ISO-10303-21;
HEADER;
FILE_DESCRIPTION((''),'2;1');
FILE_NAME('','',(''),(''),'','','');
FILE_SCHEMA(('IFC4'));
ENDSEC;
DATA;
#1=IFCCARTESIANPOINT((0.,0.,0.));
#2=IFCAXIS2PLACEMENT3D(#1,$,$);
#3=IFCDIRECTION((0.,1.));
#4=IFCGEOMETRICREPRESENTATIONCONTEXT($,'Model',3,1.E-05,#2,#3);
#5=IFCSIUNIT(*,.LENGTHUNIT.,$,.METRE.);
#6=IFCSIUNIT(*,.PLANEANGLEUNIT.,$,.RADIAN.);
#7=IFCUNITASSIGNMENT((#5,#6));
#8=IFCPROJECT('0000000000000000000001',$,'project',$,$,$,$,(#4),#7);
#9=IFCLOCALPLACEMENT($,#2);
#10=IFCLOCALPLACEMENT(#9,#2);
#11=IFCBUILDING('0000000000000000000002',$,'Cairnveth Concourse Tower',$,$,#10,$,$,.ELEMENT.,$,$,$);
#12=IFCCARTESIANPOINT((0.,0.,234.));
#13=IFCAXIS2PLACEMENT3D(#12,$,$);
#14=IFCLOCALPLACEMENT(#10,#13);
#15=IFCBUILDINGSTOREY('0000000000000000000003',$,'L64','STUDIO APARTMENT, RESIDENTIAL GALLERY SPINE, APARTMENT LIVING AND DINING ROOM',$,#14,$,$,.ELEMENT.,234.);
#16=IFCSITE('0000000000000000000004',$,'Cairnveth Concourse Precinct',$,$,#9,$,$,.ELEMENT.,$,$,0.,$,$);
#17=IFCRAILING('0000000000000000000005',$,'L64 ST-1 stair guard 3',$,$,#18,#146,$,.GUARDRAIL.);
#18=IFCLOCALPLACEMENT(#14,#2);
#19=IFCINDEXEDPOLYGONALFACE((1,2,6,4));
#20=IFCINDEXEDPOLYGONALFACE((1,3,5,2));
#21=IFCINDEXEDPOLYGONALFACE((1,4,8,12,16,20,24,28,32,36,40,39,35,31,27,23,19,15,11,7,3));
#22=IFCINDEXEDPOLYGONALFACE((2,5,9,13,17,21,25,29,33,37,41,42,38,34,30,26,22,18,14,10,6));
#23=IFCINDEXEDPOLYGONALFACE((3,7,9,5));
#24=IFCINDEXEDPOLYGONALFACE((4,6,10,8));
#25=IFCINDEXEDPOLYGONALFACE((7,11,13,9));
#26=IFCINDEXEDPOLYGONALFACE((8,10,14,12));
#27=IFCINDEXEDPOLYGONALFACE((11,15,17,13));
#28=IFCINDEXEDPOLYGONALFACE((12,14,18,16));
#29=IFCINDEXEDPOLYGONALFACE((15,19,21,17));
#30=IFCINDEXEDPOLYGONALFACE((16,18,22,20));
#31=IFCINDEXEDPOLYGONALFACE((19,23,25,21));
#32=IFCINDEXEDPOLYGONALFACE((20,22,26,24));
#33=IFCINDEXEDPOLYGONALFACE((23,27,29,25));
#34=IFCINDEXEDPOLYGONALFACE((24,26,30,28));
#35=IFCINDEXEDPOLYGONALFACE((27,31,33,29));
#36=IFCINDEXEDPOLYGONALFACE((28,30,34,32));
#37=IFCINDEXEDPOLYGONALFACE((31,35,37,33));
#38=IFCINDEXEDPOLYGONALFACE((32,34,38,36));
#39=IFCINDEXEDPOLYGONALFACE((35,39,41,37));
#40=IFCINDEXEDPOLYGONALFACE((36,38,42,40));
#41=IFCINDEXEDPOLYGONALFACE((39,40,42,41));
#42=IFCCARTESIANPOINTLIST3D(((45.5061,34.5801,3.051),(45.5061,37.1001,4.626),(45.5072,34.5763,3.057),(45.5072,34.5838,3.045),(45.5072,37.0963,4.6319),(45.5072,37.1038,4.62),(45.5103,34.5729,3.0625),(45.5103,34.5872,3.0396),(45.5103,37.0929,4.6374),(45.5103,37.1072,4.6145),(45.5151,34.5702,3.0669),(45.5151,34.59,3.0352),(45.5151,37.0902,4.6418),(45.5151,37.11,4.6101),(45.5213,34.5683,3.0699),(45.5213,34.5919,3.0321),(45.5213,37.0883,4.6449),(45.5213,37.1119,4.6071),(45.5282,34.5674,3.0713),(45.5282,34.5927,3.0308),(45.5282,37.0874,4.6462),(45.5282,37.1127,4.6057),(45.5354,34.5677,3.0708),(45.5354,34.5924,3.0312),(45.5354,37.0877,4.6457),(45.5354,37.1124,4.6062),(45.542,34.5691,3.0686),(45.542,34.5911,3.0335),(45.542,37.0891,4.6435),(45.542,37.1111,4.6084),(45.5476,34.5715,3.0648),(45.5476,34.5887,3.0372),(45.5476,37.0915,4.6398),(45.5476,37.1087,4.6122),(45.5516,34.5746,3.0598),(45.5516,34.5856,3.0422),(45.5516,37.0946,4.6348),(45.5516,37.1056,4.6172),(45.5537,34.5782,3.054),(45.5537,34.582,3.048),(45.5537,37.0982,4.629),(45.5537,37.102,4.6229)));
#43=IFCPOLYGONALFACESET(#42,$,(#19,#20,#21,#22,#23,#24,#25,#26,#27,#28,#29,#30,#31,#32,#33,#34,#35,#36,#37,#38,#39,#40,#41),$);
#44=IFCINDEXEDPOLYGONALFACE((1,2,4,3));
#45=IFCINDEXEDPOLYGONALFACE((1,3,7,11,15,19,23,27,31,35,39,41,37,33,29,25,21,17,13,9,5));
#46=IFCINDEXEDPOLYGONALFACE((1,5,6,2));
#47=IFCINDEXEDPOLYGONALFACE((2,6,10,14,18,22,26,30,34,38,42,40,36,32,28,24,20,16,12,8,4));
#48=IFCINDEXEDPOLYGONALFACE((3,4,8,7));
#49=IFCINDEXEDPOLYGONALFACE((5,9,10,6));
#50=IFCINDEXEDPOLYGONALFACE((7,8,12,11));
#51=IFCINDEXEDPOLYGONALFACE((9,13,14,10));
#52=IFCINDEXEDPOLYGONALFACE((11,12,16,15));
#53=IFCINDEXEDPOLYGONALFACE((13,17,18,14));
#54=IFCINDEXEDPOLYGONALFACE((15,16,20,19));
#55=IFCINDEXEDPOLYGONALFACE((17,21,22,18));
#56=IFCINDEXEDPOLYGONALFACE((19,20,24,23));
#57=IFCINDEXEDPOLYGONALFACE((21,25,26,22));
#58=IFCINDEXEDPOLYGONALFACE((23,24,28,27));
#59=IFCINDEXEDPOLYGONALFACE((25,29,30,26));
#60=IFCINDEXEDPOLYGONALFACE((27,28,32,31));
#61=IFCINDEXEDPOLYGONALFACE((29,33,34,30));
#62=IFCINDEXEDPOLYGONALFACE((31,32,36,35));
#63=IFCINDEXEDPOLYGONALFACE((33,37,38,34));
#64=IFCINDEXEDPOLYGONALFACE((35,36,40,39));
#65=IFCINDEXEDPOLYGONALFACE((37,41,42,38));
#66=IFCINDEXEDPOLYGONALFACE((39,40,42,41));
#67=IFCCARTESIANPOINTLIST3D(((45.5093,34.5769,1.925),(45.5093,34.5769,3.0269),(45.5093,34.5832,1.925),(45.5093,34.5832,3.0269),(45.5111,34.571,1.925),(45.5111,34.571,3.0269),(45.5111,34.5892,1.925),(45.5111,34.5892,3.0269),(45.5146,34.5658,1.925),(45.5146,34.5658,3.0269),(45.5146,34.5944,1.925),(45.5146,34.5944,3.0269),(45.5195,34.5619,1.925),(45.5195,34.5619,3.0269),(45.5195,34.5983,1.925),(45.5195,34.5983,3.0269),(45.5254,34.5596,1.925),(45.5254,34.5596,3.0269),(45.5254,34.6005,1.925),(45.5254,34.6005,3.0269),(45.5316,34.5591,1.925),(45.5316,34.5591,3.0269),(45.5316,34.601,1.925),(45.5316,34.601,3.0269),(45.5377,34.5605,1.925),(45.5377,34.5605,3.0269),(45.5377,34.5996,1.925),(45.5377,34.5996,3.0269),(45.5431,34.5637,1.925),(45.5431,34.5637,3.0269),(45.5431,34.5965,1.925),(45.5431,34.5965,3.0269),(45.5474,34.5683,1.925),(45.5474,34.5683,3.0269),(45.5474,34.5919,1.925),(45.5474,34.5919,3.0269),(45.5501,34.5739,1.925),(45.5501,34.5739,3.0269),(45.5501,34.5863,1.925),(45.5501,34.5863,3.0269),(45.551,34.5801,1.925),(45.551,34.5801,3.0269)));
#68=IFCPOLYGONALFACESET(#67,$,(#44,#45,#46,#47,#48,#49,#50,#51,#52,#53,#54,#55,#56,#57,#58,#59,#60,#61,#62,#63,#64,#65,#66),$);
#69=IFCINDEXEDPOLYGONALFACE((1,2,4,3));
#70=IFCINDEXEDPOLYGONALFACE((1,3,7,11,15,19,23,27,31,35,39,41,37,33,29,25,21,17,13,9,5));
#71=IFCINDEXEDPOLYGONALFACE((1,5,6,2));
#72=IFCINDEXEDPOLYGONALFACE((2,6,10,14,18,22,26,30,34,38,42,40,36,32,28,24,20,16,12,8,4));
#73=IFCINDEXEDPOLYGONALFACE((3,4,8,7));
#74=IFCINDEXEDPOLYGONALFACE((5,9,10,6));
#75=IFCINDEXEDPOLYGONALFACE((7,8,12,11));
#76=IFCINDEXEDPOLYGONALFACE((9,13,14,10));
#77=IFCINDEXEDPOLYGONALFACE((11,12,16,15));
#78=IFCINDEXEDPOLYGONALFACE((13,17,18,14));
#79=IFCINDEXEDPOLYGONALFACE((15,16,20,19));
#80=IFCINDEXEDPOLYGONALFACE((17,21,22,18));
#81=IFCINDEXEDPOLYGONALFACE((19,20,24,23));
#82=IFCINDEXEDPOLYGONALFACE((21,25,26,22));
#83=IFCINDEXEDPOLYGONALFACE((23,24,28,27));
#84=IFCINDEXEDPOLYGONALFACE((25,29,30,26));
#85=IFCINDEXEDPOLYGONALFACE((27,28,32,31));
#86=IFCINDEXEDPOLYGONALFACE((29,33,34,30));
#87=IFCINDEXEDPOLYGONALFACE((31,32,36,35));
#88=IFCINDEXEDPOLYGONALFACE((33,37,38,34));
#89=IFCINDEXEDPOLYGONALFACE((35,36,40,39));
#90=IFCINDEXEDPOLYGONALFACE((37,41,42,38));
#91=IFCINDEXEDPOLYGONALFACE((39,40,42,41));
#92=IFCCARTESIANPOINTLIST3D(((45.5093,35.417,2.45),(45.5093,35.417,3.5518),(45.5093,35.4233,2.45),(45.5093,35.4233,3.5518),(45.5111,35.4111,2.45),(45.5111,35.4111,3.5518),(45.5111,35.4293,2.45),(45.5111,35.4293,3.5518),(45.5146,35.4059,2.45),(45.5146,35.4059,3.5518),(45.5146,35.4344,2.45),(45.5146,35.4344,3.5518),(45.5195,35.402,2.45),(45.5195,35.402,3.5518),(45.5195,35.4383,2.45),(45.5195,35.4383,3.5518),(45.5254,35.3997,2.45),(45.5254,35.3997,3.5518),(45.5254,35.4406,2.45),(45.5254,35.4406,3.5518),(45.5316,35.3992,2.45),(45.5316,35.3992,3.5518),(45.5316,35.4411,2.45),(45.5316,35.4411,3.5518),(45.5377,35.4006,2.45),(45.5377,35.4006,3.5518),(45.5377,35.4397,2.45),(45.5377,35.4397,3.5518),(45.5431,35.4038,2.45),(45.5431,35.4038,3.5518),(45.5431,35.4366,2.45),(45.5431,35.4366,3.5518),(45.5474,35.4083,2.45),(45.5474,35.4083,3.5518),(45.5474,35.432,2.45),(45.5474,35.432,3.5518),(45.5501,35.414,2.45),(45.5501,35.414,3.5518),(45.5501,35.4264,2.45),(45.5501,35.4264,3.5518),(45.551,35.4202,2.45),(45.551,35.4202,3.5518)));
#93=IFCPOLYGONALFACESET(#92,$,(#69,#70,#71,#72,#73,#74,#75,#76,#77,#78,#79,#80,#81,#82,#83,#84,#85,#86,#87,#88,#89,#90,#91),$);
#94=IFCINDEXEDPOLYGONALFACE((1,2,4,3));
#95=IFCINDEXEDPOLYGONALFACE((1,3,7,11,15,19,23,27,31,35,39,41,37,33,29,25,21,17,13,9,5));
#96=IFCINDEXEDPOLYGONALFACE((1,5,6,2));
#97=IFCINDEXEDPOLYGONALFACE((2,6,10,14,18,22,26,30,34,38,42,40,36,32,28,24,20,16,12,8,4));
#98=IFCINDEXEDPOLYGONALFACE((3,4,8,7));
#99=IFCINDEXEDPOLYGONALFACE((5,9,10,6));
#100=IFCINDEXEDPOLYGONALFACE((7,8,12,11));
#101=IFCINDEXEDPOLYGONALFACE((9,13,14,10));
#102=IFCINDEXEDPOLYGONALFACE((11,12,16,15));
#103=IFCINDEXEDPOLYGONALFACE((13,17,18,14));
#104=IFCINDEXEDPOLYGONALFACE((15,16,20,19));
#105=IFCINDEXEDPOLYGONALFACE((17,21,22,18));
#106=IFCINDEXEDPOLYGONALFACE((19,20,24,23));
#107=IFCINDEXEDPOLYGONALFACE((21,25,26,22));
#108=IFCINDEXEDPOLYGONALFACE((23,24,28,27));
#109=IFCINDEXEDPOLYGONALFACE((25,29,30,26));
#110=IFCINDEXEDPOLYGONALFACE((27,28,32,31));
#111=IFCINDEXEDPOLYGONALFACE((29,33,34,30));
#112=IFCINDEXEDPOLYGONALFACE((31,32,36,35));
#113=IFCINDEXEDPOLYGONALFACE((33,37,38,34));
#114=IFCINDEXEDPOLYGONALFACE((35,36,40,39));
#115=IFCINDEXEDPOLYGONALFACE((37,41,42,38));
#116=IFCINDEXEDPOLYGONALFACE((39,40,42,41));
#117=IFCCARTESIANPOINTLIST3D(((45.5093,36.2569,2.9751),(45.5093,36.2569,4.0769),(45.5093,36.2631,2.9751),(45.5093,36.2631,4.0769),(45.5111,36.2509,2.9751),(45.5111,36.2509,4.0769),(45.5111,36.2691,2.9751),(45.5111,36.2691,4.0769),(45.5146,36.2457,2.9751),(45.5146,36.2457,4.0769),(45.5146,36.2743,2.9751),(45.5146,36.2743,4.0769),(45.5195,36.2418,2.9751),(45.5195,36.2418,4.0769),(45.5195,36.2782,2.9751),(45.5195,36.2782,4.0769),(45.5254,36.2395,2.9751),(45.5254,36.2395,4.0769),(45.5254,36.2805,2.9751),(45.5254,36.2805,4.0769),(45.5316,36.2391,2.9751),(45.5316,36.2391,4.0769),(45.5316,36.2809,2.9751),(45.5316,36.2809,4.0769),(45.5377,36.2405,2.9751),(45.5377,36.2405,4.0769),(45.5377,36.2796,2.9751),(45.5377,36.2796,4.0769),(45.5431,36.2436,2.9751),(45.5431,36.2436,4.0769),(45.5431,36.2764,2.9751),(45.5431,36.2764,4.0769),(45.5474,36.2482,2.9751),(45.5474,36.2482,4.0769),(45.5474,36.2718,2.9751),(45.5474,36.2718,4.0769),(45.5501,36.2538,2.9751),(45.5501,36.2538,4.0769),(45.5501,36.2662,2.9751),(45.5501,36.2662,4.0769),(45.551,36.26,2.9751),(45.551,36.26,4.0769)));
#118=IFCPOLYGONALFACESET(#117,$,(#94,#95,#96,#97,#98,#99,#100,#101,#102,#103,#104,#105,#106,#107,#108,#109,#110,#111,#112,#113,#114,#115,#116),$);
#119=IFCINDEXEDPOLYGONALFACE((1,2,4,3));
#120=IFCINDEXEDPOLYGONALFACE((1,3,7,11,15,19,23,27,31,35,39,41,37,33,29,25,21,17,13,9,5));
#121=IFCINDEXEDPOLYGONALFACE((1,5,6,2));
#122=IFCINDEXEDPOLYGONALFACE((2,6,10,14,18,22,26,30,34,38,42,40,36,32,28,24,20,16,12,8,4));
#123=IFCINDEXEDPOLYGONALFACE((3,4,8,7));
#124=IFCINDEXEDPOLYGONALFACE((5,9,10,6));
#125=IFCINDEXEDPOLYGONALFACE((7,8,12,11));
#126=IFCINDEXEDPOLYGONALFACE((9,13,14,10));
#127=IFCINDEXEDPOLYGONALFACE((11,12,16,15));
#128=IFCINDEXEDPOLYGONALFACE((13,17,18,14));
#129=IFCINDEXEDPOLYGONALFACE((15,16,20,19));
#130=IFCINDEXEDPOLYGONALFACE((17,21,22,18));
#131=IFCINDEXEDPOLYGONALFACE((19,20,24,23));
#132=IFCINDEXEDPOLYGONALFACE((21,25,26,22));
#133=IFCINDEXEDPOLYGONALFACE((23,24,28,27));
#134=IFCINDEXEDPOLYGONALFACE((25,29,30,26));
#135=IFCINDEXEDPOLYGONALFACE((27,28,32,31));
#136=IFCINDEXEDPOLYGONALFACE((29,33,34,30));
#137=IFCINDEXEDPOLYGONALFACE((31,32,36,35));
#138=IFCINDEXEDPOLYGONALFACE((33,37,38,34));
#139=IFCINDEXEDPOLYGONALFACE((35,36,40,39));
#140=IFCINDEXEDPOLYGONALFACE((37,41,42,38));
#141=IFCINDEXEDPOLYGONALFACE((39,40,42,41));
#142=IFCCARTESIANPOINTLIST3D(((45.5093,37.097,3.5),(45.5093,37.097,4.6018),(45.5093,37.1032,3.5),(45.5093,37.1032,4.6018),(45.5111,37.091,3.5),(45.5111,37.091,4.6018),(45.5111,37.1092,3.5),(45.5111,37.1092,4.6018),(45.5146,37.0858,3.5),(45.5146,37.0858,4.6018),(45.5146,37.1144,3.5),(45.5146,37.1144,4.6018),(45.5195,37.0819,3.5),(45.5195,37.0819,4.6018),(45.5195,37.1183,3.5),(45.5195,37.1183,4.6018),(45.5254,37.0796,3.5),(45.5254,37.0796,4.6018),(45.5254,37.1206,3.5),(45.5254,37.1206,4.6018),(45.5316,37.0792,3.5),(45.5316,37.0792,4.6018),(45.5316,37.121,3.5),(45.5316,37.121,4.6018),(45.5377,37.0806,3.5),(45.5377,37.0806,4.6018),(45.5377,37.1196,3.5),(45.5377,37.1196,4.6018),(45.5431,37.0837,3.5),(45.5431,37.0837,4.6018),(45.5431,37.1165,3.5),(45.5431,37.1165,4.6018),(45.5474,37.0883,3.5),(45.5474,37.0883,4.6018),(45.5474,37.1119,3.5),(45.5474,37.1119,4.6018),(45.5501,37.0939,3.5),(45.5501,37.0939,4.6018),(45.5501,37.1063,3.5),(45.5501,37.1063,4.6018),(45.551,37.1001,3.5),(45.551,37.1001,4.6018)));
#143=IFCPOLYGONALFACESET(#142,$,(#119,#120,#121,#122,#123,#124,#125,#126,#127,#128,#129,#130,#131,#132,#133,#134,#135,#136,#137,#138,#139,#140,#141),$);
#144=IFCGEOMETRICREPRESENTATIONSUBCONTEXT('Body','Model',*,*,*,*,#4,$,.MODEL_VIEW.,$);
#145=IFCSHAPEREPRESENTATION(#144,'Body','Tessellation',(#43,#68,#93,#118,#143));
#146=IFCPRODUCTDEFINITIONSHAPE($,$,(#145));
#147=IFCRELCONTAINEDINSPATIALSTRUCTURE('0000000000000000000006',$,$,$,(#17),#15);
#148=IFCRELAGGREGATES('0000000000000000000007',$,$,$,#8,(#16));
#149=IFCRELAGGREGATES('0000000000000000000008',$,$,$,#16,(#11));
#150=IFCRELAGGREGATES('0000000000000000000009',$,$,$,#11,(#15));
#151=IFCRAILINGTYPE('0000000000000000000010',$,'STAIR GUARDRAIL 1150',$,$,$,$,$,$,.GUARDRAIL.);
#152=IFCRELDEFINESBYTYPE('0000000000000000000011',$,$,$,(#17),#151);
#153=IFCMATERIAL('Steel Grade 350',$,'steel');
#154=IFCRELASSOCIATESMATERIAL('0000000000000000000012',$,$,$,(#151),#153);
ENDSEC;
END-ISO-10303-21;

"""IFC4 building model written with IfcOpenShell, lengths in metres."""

from ifc_helpers import new_model, si_unit, direction, frame, origin, origin_2d, place, context, subcontext, project, spatial, circle, extrude, material, type_object, element, save


model = new_model("IFC4")

# Units and contexts
model_context = context("Model", 3, precision=1e-05, world=origin(), true_north=direction((0.0, 1.0)))
body_context = subcontext(model_context, "Body", "Model", "MODEL_VIEW")
ifc_project = project(units=[si_unit("LENGTHUNIT", "METRE"), si_unit("PLANEANGLEUNIT", "RADIAN")], contexts=[model_context])

# Site, building, storey
site_placement = place(None, origin())
site = spatial("IfcSite", under=ifc_project, at=site_placement, Name="Cairnveth Concourse Precinct", CompositionType="ELEMENT", RefElevation=0.0)
building_placement = place(site_placement, origin())
building = spatial("IfcBuilding", under=site, at=building_placement, Name="Cairnveth Concourse Tower", CompositionType="ELEMENT")
storey_placement = place(building_placement, frame((0.0, 0.0, 234.0)))
storey = spatial("IfcBuildingStorey", under=building, at=storey_placement, Name="L64", Description="STUDIO APARTMENT, RESIDENTIAL GALLERY SPINE, APARTMENT LIVING AND DINING ROOM", CompositionType="ELEMENT", Elevation=234.0)

# Railing
ifc_material_1 = material(Name="Steel Grade 350", Category="steel")
railing_type_1 = type_object("IfcRailingType", Name="STAIR GUARDRAIL 1150", PredefinedType="GUARDRAIL", material=ifc_material_1)
railing_1_placement = place(storey_placement, frame((45.53, 34.5801, 1.925)))
element("IfcRailing", 1, at=railing_1_placement, inside=storey, type_object=railing_type_1, Name="L64 ST-1 stair guard 3", PredefinedType="GUARDRAIL", context=body_context, shape_type="SweptSolid", body=[
    extrude(circle(Radius=0.0239, at=origin_2d()), frame((0.0, 0.0, 1.126), z_axis=(0.0, 0.848008, 0.529984), x_axis=(-1.0, 0.0, 0.0)), (0.0, 0.0, 1.0), 2.9717),
    extrude(circle(Radius=0.021, at=origin_2d()), origin(), (0.0, 0.0, 1.0), 1.1018),
    extrude(circle(Radius=0.021, at=origin_2d()), frame((0.0, 0.8401, 0.5249)), (0.0, 0.0, 1.0), 1.1018),
    extrude(circle(Radius=0.021, at=origin_2d()), frame((0.0, 1.6799, 1.05)), (0.0, 0.0, 1.0), 1.1018),
    extrude(circle(Radius=0.021, at=origin_2d()), frame((0.0, 2.52, 1.575)), (0.0, 0.0, 1.0), 1.1018),
])

save(model, "model.ifc")
